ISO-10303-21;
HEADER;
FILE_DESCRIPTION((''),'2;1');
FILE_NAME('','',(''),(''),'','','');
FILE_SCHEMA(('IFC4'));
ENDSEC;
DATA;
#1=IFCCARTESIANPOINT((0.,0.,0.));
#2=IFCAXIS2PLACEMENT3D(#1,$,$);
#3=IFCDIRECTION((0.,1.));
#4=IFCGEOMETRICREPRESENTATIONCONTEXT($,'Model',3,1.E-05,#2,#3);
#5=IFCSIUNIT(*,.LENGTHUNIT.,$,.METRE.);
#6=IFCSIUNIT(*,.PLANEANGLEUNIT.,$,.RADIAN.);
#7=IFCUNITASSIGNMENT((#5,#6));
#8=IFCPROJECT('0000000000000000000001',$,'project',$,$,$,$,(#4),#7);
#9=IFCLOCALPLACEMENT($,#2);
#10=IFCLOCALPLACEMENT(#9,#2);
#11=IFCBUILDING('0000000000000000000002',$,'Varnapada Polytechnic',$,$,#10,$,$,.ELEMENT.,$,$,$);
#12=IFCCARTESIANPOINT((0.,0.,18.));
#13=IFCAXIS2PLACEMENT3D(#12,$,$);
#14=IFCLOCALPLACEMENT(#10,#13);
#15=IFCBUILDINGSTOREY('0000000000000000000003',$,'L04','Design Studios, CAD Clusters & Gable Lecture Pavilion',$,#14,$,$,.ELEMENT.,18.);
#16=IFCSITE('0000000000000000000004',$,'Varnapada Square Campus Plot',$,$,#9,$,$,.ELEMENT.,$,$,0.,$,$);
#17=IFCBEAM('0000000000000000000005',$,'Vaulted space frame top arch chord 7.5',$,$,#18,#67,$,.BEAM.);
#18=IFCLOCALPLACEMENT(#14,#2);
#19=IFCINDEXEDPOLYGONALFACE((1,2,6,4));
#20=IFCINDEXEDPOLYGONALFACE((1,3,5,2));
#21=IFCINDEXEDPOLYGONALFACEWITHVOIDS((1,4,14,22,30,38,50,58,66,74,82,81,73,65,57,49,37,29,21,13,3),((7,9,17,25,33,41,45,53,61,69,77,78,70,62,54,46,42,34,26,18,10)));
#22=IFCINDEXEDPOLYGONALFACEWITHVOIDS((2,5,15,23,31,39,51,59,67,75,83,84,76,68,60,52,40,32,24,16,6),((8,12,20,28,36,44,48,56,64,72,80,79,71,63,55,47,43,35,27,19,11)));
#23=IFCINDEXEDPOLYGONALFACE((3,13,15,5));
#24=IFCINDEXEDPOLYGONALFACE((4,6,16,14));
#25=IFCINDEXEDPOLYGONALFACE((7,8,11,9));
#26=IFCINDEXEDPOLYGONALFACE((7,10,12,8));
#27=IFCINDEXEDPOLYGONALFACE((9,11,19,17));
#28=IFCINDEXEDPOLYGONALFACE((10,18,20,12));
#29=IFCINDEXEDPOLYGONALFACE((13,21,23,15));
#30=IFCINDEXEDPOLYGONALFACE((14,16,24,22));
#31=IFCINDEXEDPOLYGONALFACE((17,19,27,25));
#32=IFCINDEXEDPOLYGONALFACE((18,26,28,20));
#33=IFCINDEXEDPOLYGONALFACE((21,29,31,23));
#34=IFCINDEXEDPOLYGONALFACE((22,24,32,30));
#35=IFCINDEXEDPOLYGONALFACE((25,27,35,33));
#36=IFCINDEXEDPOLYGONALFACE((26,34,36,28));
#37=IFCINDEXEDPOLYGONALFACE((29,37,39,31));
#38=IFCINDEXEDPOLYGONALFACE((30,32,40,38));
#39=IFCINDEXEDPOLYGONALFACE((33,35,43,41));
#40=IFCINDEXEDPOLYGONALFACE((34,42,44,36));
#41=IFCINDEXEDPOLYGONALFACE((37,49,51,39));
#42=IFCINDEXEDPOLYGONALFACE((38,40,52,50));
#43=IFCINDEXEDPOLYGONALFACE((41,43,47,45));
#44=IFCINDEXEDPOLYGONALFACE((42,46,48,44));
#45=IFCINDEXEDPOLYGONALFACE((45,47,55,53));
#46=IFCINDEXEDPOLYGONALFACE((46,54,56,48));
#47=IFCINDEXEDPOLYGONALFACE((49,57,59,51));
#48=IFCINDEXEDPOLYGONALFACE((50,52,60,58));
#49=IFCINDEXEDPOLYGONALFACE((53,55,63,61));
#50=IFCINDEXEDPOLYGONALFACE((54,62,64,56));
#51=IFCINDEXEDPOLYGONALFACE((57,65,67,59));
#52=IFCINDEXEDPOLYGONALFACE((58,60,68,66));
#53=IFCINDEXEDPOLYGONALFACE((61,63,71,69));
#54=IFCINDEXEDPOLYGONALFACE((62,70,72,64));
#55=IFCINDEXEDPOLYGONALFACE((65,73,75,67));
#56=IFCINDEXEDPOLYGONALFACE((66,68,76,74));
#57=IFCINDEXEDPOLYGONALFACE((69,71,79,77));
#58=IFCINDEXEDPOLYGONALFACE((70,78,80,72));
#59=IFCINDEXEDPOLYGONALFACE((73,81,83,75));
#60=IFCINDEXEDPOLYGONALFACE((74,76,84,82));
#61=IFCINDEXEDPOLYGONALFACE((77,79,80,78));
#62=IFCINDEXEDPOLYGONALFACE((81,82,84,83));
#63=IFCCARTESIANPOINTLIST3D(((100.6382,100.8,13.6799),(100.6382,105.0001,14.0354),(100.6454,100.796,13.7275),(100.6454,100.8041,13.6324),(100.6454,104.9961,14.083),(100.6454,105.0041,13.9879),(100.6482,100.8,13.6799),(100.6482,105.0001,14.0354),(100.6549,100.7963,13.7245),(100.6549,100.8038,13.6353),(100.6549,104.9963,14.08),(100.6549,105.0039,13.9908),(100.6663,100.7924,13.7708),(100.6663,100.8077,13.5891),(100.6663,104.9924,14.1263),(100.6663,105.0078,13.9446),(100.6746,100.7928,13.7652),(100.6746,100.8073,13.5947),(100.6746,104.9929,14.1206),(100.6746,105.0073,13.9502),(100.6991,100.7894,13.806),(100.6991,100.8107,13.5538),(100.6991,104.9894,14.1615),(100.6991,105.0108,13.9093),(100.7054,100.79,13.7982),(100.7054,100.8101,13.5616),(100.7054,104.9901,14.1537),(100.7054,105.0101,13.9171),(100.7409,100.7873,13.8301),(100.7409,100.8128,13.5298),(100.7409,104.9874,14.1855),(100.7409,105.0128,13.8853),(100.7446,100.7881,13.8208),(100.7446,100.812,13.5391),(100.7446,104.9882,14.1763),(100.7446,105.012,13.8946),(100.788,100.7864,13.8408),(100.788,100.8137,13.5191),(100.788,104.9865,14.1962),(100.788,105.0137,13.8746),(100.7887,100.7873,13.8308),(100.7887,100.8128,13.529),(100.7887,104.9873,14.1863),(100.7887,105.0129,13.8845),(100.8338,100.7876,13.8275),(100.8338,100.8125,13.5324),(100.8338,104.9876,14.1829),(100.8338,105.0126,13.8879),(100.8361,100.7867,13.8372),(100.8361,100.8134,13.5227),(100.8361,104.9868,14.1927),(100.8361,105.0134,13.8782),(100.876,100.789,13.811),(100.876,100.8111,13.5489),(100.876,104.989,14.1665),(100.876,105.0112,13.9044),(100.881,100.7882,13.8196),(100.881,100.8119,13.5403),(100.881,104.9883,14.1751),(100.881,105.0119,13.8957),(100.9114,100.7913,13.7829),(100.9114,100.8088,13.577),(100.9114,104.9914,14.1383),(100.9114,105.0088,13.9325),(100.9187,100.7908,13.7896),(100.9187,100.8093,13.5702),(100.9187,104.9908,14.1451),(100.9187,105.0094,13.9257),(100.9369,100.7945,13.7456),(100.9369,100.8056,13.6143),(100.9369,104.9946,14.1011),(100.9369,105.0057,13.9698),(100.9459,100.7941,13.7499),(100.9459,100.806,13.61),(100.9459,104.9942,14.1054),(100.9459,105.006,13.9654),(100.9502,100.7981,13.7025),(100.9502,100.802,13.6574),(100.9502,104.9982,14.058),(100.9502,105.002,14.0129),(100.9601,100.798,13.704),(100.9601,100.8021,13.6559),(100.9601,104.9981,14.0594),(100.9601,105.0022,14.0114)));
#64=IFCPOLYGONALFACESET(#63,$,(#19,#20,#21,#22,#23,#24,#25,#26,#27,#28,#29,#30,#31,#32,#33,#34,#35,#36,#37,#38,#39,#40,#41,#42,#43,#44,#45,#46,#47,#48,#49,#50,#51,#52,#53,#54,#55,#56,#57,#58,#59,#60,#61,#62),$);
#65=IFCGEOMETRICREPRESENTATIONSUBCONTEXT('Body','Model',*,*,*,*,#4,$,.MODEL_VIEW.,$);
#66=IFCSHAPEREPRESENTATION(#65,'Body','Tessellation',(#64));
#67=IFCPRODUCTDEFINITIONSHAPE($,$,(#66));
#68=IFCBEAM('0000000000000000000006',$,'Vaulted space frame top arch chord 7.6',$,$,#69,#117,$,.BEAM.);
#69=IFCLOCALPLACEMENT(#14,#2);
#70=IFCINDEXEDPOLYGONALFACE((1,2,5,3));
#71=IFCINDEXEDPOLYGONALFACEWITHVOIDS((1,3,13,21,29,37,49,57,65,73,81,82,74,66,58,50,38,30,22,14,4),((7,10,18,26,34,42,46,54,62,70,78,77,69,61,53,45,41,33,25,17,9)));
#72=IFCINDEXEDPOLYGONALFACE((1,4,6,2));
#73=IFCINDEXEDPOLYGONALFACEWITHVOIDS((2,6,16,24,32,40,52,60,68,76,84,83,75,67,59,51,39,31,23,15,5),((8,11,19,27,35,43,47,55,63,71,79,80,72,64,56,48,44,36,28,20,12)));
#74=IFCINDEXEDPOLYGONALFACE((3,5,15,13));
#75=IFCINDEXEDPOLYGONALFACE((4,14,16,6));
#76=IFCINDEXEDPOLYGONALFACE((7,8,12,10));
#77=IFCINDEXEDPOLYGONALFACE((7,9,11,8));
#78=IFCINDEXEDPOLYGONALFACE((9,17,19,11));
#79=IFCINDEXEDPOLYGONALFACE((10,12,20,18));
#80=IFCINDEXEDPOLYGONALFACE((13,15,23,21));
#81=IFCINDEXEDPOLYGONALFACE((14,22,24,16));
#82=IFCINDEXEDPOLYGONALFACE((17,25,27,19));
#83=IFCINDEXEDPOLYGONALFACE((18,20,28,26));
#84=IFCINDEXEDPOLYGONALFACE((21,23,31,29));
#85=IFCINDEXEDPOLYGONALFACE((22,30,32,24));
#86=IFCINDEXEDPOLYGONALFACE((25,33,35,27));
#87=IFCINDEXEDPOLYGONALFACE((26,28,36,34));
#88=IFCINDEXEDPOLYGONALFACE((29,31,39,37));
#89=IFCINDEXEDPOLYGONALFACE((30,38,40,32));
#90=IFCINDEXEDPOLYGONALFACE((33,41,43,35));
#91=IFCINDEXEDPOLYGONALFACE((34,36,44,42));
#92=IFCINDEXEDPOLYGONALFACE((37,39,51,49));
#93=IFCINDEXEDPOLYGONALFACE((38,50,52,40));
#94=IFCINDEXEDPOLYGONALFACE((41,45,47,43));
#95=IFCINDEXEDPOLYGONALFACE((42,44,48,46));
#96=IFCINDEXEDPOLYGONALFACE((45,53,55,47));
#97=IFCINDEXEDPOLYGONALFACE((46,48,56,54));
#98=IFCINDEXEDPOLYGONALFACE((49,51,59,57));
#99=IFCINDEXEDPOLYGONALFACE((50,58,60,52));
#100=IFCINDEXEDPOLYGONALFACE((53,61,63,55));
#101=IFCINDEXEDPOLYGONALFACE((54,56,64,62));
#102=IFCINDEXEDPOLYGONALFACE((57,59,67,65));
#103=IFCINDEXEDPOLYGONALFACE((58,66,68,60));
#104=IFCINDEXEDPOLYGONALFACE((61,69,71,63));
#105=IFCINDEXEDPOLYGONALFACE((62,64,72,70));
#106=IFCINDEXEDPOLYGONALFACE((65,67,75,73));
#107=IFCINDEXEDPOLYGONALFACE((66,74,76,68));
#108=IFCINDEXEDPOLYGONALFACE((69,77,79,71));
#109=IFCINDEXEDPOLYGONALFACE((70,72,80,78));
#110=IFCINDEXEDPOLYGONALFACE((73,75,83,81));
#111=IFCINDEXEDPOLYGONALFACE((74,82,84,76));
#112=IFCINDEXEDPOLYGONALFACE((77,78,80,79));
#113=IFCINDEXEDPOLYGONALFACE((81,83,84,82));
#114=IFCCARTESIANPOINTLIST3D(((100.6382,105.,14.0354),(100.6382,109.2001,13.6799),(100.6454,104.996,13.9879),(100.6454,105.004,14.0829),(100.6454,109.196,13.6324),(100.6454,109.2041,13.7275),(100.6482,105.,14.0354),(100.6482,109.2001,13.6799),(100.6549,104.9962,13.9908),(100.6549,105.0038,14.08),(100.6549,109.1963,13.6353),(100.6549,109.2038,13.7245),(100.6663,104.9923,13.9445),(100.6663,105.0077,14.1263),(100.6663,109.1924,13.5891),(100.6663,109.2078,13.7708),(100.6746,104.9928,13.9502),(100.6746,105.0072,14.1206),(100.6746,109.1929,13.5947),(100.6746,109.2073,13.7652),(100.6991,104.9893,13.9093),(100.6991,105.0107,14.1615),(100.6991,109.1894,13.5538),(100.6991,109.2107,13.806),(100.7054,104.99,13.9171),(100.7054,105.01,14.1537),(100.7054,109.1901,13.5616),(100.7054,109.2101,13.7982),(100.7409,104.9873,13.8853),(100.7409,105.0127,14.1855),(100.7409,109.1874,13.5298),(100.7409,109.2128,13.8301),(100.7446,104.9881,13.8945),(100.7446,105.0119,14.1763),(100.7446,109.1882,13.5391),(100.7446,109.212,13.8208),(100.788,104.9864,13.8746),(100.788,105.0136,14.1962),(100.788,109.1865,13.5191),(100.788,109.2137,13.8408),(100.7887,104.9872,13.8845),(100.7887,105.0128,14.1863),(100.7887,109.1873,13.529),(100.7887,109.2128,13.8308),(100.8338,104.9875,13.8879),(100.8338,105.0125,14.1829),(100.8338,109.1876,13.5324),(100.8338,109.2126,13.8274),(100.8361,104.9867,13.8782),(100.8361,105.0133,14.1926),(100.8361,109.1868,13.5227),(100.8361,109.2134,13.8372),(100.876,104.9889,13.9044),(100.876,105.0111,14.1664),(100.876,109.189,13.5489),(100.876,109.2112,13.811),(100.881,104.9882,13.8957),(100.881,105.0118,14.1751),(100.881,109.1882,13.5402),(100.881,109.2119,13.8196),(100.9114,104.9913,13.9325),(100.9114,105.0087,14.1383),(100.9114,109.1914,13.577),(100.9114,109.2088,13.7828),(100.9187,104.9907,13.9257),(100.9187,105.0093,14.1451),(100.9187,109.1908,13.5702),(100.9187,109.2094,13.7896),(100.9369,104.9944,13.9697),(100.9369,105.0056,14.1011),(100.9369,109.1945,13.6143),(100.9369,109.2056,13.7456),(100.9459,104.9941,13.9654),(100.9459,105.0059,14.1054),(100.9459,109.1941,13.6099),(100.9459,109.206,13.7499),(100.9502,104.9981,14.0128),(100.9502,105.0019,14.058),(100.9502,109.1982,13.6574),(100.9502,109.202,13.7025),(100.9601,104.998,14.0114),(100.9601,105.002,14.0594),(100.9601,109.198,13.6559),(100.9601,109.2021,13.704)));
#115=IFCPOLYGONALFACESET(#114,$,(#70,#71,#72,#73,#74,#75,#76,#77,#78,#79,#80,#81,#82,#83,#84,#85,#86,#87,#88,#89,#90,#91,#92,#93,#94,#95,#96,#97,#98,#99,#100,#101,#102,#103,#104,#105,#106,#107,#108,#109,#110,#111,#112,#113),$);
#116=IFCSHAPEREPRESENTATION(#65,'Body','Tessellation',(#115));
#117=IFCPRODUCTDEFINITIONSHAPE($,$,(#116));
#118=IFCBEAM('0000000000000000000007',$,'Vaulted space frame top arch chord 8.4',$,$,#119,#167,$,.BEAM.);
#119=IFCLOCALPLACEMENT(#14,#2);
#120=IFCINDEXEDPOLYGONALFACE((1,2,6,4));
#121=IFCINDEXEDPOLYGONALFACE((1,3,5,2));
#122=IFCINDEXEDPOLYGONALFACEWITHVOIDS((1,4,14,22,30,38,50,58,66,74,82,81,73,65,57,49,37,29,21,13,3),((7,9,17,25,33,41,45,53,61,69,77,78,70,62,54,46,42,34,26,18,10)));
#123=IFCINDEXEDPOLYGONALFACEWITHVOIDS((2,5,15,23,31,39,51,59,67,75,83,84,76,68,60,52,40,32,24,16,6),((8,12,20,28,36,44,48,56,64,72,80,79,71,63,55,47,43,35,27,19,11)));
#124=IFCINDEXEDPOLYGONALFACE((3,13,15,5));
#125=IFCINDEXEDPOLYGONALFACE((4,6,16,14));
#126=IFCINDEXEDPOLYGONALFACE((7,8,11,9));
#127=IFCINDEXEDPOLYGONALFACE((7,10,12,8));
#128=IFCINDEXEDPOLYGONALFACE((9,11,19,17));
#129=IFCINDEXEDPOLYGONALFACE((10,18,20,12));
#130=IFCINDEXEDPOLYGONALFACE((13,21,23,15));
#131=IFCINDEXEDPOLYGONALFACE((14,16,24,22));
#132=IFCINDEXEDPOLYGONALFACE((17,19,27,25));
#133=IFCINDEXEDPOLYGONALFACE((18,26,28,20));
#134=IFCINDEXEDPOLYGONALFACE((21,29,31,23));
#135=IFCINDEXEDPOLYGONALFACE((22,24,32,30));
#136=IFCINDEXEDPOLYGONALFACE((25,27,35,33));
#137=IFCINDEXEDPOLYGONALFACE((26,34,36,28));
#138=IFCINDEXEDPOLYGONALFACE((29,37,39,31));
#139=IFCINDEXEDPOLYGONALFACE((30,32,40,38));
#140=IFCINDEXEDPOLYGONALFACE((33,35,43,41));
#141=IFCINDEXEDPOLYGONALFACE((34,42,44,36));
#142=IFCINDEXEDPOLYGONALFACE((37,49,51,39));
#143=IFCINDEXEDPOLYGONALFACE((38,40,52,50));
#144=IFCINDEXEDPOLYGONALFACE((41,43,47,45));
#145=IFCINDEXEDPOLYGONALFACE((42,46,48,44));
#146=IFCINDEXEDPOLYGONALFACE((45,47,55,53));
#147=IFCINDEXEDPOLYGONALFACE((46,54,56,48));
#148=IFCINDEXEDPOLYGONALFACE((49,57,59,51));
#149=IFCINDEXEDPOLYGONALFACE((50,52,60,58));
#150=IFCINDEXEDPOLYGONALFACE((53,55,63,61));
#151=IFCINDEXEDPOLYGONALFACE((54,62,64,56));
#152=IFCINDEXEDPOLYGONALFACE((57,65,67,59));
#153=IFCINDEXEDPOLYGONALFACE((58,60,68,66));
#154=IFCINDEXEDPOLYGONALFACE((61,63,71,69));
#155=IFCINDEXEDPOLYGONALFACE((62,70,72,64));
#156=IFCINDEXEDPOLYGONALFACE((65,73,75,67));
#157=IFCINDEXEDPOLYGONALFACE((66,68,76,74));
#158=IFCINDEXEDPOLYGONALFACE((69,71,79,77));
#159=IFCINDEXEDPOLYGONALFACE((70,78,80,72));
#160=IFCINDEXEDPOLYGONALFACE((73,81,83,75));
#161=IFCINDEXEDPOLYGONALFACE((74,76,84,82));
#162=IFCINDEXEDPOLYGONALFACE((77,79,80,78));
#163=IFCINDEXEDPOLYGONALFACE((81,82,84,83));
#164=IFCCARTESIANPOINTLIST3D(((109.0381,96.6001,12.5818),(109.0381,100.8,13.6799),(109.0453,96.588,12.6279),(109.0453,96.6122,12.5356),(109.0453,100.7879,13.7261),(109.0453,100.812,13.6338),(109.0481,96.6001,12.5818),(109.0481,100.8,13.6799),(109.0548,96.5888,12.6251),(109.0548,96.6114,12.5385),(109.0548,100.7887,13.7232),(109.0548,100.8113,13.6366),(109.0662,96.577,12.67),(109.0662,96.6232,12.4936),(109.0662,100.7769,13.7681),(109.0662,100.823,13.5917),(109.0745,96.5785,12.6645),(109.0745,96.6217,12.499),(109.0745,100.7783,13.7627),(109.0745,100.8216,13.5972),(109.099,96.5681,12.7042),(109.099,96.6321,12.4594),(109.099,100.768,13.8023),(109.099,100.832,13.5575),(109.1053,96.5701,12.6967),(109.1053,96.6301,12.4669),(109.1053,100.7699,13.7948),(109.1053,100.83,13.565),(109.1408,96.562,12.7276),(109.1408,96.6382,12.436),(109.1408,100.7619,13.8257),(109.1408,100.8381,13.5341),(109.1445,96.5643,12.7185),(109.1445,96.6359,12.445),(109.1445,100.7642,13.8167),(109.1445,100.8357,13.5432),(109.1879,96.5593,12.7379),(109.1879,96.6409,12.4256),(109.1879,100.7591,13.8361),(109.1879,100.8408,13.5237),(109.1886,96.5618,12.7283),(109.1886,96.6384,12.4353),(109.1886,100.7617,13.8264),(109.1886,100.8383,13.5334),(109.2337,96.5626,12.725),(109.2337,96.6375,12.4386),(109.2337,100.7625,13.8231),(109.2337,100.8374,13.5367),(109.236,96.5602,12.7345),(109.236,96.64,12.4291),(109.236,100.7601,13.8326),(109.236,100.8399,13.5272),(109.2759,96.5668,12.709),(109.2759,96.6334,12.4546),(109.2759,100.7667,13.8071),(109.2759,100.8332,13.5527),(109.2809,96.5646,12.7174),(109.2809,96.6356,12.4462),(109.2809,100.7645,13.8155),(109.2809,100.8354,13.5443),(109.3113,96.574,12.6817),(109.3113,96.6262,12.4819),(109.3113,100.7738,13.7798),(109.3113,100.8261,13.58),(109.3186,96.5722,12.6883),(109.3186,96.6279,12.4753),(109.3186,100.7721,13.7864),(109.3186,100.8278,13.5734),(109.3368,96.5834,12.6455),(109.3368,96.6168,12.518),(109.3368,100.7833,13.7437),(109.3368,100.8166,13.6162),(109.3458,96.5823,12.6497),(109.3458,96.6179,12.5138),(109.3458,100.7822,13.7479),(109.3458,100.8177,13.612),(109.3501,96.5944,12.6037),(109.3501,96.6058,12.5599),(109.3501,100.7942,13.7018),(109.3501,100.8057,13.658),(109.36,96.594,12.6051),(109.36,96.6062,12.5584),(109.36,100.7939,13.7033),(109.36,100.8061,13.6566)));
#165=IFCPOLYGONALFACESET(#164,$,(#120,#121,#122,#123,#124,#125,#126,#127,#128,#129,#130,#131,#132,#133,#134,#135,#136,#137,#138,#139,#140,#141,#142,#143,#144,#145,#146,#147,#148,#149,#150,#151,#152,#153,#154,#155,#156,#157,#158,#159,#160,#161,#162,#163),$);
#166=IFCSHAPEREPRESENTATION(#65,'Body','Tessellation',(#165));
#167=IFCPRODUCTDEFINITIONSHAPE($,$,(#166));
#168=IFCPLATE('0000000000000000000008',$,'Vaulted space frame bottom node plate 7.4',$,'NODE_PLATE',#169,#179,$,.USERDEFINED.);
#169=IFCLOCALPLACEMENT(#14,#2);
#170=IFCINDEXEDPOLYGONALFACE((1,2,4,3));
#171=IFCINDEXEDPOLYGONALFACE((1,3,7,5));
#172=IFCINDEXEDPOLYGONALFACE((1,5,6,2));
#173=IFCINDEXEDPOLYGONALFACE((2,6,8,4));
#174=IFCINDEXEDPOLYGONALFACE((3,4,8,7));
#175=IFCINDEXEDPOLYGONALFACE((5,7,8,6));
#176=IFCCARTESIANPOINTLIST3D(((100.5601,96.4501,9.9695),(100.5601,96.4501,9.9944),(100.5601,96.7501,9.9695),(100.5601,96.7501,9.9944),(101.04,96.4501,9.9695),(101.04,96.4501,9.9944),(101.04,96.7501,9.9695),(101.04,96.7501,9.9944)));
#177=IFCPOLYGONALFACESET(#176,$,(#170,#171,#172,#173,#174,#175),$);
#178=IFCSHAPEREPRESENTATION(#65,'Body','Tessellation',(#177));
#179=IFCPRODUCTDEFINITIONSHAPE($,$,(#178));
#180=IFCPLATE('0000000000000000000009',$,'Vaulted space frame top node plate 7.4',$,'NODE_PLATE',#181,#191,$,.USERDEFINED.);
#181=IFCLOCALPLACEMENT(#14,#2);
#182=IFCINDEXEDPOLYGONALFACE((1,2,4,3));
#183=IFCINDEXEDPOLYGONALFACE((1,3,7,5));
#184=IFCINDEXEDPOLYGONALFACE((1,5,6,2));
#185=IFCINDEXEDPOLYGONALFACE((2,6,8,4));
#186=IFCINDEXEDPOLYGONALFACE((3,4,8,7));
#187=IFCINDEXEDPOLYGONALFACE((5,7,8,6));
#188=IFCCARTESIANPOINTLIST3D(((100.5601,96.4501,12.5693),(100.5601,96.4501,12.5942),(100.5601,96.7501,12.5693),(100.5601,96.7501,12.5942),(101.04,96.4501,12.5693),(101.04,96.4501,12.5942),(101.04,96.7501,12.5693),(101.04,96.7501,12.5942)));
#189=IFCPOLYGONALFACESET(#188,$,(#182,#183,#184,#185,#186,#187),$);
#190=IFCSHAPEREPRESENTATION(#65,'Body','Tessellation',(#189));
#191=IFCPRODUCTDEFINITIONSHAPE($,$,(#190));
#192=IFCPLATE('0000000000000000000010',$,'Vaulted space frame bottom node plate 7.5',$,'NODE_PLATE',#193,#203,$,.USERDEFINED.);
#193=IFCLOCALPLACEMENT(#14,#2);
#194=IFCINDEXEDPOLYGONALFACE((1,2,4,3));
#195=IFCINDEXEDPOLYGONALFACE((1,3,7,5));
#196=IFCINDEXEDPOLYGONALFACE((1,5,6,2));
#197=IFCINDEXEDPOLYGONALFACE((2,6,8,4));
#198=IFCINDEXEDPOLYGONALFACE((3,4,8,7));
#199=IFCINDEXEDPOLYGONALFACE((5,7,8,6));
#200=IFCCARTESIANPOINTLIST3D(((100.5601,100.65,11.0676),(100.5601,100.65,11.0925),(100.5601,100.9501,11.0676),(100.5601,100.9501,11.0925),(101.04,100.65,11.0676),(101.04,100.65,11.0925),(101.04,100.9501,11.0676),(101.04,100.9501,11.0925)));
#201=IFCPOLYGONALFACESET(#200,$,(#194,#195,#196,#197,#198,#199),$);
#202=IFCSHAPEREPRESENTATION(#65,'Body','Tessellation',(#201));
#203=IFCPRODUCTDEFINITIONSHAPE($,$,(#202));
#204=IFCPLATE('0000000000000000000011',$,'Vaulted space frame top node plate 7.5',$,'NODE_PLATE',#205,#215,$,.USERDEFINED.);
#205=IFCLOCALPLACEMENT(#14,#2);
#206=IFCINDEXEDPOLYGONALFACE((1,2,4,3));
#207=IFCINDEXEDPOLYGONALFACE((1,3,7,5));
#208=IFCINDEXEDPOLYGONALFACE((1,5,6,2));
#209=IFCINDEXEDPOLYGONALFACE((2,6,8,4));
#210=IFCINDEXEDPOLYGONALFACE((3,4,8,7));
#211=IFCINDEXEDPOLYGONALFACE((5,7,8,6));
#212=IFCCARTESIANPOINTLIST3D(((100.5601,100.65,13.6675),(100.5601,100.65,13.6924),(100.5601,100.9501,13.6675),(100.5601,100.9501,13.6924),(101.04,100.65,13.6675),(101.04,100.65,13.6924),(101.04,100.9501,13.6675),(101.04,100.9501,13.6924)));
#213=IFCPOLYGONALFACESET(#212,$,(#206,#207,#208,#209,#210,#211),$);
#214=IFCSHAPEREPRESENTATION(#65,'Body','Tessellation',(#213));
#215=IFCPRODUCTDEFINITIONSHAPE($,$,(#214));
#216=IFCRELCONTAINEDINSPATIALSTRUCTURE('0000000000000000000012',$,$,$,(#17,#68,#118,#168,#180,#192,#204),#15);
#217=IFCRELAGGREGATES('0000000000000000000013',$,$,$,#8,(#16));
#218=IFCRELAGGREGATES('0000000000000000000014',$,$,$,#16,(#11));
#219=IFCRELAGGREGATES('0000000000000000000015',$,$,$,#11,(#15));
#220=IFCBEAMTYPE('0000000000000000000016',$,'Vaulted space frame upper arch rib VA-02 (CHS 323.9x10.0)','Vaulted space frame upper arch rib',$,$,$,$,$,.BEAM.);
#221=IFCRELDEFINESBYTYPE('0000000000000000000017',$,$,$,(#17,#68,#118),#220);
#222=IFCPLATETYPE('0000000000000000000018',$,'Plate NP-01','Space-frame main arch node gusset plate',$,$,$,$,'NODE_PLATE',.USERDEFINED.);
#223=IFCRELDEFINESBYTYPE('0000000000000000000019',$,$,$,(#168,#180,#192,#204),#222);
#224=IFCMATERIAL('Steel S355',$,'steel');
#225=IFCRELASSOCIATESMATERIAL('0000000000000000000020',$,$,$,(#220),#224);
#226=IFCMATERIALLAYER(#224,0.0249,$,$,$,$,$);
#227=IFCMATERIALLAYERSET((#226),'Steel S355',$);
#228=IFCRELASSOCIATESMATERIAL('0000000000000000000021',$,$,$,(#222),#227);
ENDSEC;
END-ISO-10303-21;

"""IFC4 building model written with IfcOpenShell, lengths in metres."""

from ifc_helpers import new_model, si_unit, direction, frame, origin, origin_2d, place, context, subcontext, project, spatial, rectangle, hollow_circle, extrude, material, layer, layer_set, material_profile, profile_set, type_object, element, save


model = new_model("IFC4")

# Units and contexts
model_context = context("Model", 3, precision=1e-05, world=origin(), true_north=direction((0.0, 1.0)))
body_context = subcontext(model_context, "Body", "Model", "MODEL_VIEW")
ifc_project = project(units=[si_unit("LENGTHUNIT", "METRE"), si_unit("PLANEANGLEUNIT", "RADIAN")], contexts=[model_context])

# Site, building, storey
site_placement = place(None, origin())
site = spatial("IfcSite", under=ifc_project, at=site_placement, Name="Varnapada Square Campus Plot", CompositionType="ELEMENT", RefElevation=0.0)
building_placement = place(site_placement, origin())
building = spatial("IfcBuilding", under=site, at=building_placement, Name="Varnapada Polytechnic", CompositionType="ELEMENT")
storey_placement = place(building_placement, frame((0.0, 0.0, 18.0)))
storey = spatial("IfcBuildingStorey", under=building, at=storey_placement, Name="L04", Description="Design Studios, CAD Clusters & Gable Lecture Pavilion", CompositionType="ELEMENT", Elevation=18.0)

# Shared definitions
ifc_material = material(Name="Steel S355", Category="steel")

# Beams
ifc_material_profile_1 = material_profile(ifc_material, hollow_circle(Radius=0.1619, WallThickness=0.01, at=origin_2d()), Name="CHS 323.9x10.0")
ifc_profile_set_1 = profile_set([ifc_material_profile_1], Name="Steel S355")
beam_type_1 = type_object("IfcBeamType", Name="Vaulted space frame upper arch rib VA-02 (CHS 323.9x10.0)", Description="Vaulted space frame upper arch rib", PredefinedType="BEAM", material=ifc_profile_set_1)
for number, where, z_axis, x_axis, name in (
    (1, (100.8, 100.8, 13.6799), (0.0, 0.996437, 0.084335), (-1.0, 0.0, 0.0), "Vaulted space frame top arch chord 7.5"),
    (2, (100.8, 105.0, 14.0354), (0.0, 0.996437, -0.084335), (-1.0, 0.0, 0.0), "Vaulted space frame top arch chord 7.6"),
):
    element("IfcBeam", number, at=place(storey_placement, frame(where, z_axis=z_axis, x_axis=x_axis)), inside=storey, type_object=beam_type_1, Name=name, PredefinedType="BEAM", context=body_context, shape_type="SweptSolid", body=[
        extrude(hollow_circle(Radius=0.1619, WallThickness=0.01, at=origin_2d()), origin(), (0.0, 0.0, 1.0), 4.2151),
    ])
beam_1_placement = place(storey_placement, frame((109.2, 96.6001, 12.5818), z_axis=(0.0, 0.967476, 0.252962), x_axis=(-1.0, 0.0, 0.0)))
element("IfcBeam", 3, at=beam_1_placement, inside=storey, type_object=beam_type_1, Name="Vaulted space frame top arch chord 8.4", PredefinedType="BEAM", context=body_context, shape_type="SweptSolid", body=[
    extrude(hollow_circle(Radius=0.1619, WallThickness=0.01, at=origin_2d()), origin(), (0.0, 0.0, 1.0), 4.3411),
])

# Plates
ifc_layer_1 = layer(ifc_material, 0.0249)
ifc_layer_set_1 = layer_set([ifc_layer_1], Name="Steel S355")
plate_type_1 = type_object("IfcPlateType", Name="Plate NP-01", Description="Space-frame main arch node gusset plate", ElementType="NODE_PLATE", PredefinedType="USERDEFINED", material=ifc_layer_set_1)
for number, where, z_axis, x_axis, name in (
    (4, (100.8, 96.6001, 9.9695), (0.0, 0.0, 1.0), (1.0, 0.0, 0.0), "Vaulted space frame bottom node plate 7.4"),
    (5, (100.8, 96.6001, 12.5693), (0.0, 0.0, 1.0), (1.0, 0.0, 0.0), "Vaulted space frame top node plate 7.4"),
    (6, (100.8, 100.8, 11.0676), (0.0, 0.0, 1.0), (1.0, 0.0, 0.0), "Vaulted space frame bottom node plate 7.5"),
    (7, (100.8, 100.8, 13.6675), (0.0, 0.0, 1.0), (1.0, 0.0, 0.0), "Vaulted space frame top node plate 7.5"),
):
    element("IfcPlate", number, at=place(storey_placement, frame(where, z_axis=z_axis, x_axis=x_axis)), inside=storey, type_object=plate_type_1, Name=name, ObjectType="NODE_PLATE", PredefinedType="USERDEFINED", context=body_context, shape_type="SweptSolid", body=[
        extrude(rectangle(XDim=0.48, YDim=0.3, at=origin_2d()), origin(), (0.0, 0.0, 1.0), 0.0249),
    ])

save(model, "model.ifc")
